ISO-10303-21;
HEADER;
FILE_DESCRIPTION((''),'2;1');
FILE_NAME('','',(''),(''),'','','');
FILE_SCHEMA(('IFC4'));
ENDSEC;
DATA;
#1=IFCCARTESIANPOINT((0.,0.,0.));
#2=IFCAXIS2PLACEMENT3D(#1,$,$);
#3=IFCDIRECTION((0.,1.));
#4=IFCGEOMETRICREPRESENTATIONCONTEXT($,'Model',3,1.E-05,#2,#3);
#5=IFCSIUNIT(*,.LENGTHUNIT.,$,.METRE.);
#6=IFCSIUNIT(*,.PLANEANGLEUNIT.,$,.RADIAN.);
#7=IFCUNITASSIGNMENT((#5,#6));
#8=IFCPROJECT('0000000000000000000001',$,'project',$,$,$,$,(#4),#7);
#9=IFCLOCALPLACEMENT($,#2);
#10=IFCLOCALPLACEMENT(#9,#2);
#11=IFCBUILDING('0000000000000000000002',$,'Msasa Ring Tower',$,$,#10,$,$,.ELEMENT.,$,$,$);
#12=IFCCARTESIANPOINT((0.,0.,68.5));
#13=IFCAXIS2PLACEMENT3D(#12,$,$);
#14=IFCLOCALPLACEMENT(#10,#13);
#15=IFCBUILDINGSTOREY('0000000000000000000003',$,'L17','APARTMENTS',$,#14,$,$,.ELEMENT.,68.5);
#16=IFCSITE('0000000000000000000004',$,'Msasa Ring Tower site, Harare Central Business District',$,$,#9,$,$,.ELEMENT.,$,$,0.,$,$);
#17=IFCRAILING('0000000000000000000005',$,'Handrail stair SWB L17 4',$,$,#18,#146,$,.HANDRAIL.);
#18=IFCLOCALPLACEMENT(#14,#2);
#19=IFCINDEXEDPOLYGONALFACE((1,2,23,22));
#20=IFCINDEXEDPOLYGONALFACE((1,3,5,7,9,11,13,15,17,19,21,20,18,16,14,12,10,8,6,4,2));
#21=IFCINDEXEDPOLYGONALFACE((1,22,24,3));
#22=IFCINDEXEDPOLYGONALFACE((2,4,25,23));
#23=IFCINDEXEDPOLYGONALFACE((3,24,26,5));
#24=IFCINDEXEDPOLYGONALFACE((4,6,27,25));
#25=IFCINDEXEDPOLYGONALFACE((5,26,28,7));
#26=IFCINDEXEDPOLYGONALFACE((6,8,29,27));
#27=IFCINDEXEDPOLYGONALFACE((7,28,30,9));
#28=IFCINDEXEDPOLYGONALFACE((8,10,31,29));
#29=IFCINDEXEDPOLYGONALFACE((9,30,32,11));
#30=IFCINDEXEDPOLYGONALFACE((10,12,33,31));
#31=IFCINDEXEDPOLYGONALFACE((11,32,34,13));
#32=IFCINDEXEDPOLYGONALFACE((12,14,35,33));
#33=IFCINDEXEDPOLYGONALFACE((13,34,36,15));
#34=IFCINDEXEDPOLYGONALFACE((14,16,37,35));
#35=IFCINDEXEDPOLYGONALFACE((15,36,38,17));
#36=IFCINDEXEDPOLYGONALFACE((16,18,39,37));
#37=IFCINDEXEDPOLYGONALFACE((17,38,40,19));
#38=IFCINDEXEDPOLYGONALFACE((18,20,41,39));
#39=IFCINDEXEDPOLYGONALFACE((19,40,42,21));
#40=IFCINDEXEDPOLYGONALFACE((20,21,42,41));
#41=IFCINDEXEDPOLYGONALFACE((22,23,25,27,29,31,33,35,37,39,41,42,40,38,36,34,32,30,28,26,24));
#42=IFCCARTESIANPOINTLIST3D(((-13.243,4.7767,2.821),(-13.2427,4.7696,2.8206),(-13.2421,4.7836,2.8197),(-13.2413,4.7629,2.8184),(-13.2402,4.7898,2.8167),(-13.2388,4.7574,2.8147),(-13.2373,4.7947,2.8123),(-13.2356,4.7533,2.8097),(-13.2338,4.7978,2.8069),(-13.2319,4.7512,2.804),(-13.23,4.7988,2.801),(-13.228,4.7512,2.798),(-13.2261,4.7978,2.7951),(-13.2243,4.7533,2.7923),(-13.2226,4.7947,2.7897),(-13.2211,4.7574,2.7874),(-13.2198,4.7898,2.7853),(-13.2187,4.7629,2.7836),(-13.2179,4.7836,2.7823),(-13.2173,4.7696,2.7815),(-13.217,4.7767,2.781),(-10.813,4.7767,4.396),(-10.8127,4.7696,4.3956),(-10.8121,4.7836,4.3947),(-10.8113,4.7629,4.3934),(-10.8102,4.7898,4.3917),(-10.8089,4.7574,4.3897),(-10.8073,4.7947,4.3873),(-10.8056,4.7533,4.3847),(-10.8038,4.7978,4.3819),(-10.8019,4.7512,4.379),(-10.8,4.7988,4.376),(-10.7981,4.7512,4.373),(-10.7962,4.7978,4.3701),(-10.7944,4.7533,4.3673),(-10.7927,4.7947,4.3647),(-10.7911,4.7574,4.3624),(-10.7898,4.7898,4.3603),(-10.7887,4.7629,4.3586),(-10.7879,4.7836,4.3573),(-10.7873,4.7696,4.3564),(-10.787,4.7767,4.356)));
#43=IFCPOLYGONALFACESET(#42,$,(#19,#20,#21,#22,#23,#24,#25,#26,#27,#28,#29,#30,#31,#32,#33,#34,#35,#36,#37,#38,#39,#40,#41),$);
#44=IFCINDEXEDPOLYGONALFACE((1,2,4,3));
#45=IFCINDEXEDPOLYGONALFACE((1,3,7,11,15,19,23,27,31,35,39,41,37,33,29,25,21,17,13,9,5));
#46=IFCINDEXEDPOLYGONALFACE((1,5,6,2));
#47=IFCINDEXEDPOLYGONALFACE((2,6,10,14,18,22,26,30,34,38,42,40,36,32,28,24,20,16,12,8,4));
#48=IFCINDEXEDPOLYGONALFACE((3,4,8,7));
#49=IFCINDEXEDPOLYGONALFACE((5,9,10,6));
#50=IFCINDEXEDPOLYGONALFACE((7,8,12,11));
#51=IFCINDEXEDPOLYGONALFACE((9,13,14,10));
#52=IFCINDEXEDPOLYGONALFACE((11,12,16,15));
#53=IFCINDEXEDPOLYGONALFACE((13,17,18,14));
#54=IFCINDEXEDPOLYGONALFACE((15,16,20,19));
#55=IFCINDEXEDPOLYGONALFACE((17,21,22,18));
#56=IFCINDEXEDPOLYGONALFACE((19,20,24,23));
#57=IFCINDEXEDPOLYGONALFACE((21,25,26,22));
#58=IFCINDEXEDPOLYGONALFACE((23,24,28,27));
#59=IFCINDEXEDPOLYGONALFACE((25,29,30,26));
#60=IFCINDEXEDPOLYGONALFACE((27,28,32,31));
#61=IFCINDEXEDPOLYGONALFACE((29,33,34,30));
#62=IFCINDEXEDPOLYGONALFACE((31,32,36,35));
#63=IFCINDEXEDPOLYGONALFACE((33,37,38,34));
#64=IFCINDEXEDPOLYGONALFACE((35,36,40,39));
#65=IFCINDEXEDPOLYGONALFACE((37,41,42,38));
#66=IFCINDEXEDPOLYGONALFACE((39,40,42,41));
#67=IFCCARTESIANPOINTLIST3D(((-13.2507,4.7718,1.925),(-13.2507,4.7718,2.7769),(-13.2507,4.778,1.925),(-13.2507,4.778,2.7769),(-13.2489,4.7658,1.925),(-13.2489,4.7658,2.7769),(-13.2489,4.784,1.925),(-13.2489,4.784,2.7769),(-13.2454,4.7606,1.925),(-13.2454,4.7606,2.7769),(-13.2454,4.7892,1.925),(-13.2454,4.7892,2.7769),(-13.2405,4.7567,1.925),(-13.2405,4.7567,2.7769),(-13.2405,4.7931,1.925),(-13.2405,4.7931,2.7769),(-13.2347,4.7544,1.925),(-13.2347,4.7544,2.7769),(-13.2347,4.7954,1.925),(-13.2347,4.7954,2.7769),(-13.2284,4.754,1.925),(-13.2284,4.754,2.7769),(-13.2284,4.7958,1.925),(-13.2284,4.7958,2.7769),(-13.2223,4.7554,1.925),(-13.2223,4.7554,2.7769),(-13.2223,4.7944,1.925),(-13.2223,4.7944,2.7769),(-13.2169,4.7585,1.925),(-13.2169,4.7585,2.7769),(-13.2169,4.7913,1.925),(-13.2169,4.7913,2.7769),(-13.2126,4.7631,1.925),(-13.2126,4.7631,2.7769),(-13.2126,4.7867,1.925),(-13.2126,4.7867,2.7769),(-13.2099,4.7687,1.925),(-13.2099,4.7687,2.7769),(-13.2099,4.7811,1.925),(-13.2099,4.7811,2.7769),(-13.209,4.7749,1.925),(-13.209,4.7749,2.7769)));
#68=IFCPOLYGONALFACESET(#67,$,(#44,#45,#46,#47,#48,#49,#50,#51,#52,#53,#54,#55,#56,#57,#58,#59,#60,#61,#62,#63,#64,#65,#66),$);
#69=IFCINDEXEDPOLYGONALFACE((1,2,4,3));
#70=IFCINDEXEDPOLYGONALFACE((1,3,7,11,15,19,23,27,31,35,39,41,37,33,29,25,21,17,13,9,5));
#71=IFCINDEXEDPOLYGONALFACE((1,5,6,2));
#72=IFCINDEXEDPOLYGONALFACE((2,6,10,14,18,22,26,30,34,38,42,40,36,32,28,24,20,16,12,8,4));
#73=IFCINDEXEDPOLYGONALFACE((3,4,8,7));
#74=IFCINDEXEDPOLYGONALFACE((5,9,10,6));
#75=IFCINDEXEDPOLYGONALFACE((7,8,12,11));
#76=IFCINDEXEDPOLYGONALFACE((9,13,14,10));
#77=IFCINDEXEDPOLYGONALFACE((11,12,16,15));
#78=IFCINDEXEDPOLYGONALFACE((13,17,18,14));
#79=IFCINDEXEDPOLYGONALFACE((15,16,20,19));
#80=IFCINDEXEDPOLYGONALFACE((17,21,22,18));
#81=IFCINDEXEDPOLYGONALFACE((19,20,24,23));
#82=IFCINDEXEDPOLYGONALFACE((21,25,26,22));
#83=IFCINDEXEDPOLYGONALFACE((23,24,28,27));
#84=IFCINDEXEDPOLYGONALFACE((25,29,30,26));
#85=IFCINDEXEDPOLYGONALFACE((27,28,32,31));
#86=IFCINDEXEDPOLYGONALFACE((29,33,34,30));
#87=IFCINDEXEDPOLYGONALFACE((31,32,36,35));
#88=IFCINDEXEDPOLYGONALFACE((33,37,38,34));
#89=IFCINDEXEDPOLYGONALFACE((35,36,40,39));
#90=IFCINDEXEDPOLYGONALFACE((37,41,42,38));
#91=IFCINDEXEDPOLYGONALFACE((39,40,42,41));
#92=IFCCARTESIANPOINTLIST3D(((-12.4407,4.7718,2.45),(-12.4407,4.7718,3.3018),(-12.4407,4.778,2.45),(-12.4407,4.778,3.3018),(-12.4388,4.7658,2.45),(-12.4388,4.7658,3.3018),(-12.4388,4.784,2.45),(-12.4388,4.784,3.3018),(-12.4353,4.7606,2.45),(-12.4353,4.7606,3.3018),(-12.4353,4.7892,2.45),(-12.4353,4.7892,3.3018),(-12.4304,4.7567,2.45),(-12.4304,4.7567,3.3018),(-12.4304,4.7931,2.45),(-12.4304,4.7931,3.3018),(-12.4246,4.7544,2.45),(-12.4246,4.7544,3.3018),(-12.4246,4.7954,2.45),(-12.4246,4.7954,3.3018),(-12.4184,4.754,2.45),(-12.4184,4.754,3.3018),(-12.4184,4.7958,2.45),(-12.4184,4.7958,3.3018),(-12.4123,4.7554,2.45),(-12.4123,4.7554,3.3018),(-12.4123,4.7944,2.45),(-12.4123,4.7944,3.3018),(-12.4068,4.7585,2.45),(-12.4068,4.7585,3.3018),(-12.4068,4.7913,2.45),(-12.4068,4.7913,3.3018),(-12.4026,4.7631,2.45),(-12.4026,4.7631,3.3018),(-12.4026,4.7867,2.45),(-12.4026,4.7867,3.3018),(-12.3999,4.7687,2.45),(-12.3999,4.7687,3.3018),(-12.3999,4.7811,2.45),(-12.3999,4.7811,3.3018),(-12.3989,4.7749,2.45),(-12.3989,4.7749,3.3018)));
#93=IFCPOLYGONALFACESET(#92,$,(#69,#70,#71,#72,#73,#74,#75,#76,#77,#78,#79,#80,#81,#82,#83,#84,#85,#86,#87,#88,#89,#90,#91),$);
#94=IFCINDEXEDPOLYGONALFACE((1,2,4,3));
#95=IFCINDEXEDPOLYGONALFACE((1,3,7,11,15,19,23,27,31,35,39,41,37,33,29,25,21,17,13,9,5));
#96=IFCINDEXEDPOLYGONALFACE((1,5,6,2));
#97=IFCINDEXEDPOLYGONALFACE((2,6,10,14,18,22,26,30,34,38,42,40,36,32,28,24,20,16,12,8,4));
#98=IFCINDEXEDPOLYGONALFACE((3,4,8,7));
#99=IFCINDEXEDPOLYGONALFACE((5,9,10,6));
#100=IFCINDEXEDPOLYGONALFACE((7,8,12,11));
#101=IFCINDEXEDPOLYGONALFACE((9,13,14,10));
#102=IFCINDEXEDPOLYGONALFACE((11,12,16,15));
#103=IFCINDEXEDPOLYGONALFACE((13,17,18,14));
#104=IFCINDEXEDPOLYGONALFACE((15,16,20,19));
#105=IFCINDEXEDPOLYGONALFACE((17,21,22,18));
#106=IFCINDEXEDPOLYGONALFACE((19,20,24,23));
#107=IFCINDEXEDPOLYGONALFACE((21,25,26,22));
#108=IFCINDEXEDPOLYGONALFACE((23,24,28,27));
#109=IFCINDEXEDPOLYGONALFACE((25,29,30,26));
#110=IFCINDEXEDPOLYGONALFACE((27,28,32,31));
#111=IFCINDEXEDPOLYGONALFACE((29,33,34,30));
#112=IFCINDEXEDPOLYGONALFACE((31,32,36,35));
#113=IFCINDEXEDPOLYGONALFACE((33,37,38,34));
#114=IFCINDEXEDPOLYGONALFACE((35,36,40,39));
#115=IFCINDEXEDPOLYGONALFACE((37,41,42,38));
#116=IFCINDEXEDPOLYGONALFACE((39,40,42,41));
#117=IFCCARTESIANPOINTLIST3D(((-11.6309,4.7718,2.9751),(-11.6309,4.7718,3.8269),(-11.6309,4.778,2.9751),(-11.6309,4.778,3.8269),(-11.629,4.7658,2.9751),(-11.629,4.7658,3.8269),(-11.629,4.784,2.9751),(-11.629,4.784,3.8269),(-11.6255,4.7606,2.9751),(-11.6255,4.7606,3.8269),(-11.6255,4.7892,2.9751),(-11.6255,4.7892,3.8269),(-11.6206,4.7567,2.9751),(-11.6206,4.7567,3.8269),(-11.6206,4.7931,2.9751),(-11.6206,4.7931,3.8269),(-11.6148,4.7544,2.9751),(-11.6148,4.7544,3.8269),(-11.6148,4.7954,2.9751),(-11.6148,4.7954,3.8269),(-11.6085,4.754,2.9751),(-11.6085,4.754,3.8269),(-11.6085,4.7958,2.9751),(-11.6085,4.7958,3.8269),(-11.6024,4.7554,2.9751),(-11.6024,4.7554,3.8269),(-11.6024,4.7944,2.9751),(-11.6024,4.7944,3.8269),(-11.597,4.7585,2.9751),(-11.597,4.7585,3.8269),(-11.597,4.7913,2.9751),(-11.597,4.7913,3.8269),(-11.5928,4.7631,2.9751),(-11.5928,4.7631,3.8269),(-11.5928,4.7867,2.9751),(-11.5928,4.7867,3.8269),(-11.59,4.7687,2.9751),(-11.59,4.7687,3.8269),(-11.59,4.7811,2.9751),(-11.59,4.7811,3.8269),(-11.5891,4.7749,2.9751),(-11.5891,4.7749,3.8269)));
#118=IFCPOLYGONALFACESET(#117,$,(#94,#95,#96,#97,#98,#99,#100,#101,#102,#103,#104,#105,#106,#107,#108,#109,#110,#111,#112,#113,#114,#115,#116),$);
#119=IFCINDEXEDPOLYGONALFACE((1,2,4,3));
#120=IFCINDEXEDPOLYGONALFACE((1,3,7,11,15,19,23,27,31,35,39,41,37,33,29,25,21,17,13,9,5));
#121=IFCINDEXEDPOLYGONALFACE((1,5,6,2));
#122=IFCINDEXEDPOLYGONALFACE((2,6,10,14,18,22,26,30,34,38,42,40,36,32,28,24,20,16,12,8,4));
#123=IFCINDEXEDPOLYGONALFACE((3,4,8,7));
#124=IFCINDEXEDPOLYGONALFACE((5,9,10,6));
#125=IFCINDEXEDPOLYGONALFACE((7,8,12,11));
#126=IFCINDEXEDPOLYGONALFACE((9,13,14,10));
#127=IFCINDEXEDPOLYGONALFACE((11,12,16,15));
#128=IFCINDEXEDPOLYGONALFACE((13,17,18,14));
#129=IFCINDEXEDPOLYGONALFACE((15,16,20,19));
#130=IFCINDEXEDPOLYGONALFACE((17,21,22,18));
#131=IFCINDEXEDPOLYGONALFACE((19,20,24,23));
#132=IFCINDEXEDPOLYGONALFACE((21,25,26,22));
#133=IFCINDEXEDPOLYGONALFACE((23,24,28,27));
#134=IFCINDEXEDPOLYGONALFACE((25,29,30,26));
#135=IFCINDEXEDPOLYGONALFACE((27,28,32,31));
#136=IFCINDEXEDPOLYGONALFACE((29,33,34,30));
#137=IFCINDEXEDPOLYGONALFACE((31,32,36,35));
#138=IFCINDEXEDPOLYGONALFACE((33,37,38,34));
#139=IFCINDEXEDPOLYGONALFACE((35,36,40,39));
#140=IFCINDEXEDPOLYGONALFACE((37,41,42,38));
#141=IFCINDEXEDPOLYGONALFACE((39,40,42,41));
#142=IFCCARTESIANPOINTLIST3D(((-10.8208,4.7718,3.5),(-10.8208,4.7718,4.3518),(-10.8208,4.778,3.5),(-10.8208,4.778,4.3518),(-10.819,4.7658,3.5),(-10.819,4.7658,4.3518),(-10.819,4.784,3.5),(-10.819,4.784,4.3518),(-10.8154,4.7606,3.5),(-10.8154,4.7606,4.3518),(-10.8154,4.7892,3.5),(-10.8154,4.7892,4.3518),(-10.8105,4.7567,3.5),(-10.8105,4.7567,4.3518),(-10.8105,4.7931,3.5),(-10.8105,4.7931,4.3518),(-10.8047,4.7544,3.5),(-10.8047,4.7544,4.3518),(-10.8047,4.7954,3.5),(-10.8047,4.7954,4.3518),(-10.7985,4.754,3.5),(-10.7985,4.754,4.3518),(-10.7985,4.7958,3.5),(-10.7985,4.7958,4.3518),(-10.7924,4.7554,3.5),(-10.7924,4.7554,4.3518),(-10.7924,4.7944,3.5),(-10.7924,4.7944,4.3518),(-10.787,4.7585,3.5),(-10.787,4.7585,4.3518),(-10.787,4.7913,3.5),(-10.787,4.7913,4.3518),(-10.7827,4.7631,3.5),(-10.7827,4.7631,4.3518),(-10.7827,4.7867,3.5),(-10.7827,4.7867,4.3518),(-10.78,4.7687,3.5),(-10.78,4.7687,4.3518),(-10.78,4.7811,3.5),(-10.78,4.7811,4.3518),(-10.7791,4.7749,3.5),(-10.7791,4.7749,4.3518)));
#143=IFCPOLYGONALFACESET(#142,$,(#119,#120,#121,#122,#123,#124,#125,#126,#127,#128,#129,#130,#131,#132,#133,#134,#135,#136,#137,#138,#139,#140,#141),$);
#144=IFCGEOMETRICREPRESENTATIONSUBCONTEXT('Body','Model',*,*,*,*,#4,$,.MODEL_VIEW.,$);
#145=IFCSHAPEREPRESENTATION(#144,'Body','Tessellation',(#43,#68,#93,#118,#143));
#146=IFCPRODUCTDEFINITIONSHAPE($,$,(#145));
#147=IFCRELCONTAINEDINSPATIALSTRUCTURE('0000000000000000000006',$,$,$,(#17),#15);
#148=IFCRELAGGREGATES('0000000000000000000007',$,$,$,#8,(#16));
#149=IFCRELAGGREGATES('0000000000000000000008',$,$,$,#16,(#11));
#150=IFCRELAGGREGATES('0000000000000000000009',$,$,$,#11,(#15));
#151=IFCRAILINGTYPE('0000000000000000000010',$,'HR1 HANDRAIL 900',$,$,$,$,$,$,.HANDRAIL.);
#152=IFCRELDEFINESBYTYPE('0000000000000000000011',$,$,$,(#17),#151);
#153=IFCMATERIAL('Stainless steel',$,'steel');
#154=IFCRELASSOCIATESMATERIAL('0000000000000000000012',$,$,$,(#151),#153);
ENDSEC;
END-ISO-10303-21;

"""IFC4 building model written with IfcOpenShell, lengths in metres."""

from ifc_helpers import new_model, si_unit, direction, frame, origin, origin_2d, place, context, subcontext, project, spatial, circle, extrude, material, type_object, element, save


model = new_model("IFC4")

# Units and contexts
model_context = context("Model", 3, precision=1e-05, world=origin(), true_north=direction((0.0, 1.0)))
body_context = subcontext(model_context, "Body", "Model", "MODEL_VIEW")
ifc_project = project(units=[si_unit("LENGTHUNIT", "METRE"), si_unit("PLANEANGLEUNIT", "RADIAN")], contexts=[model_context])

# Site, building, storey
site_placement = place(None, origin())
site = spatial("IfcSite", under=ifc_project, at=site_placement, Name="Msasa Ring Tower site, Harare Central Business District", CompositionType="ELEMENT", RefElevation=0.0)
building_placement = place(site_placement, origin())
building = spatial("IfcBuilding", under=site, at=building_placement, Name="Msasa Ring Tower", CompositionType="ELEMENT")
storey_placement = place(building_placement, frame((0.0, 0.0, 68.5)))
storey = spatial("IfcBuildingStorey", under=building, at=storey_placement, Name="L17", Description="APARTMENTS", CompositionType="ELEMENT", Elevation=68.5)

# Railing
ifc_material_1 = material(Name="Stainless steel", Category="steel")
railing_type = type_object("IfcRailingType", Name="HR1 HANDRAIL 900", PredefinedType="HANDRAIL", material=ifc_material_1)
for number, where, name in (
    (1, (-13.23, 4.7749, 1.925), "Handrail stair SWB L17 4"),
):
    element("IfcRailing", number, at=place(storey_placement, frame(where)), inside=storey, type_object=railing_type, Name=name, PredefinedType="HANDRAIL", context=body_context, shape_type="SweptSolid", body=[
        extrude(circle(Radius=0.0239, at=origin_2d()), frame((0.0, 0.0, 0.876), z_axis=(0.839154, 0.0, 0.543894), x_axis=(0.0, 1.0, 0.0)), (0.0, 0.0, 1.0), 2.8958),
        extrude(circle(Radius=0.021, at=origin_2d()), origin(), (0.0, 0.0, 1.0), 0.8518),
        extrude(circle(Radius=0.021, at=origin_2d()), frame((0.8101, 0.0, 0.5249)), (0.0, 0.0, 1.0), 0.8518),
        extrude(circle(Radius=0.021, at=origin_2d()), frame((1.6199, 0.0, 1.05)), (0.0, 0.0, 1.0), 0.8518),
        extrude(circle(Radius=0.021, at=origin_2d()), frame((2.4299, 0.0, 1.575)), (0.0, 0.0, 1.0), 0.8518),
    ])

save(model, "model.ifc")
